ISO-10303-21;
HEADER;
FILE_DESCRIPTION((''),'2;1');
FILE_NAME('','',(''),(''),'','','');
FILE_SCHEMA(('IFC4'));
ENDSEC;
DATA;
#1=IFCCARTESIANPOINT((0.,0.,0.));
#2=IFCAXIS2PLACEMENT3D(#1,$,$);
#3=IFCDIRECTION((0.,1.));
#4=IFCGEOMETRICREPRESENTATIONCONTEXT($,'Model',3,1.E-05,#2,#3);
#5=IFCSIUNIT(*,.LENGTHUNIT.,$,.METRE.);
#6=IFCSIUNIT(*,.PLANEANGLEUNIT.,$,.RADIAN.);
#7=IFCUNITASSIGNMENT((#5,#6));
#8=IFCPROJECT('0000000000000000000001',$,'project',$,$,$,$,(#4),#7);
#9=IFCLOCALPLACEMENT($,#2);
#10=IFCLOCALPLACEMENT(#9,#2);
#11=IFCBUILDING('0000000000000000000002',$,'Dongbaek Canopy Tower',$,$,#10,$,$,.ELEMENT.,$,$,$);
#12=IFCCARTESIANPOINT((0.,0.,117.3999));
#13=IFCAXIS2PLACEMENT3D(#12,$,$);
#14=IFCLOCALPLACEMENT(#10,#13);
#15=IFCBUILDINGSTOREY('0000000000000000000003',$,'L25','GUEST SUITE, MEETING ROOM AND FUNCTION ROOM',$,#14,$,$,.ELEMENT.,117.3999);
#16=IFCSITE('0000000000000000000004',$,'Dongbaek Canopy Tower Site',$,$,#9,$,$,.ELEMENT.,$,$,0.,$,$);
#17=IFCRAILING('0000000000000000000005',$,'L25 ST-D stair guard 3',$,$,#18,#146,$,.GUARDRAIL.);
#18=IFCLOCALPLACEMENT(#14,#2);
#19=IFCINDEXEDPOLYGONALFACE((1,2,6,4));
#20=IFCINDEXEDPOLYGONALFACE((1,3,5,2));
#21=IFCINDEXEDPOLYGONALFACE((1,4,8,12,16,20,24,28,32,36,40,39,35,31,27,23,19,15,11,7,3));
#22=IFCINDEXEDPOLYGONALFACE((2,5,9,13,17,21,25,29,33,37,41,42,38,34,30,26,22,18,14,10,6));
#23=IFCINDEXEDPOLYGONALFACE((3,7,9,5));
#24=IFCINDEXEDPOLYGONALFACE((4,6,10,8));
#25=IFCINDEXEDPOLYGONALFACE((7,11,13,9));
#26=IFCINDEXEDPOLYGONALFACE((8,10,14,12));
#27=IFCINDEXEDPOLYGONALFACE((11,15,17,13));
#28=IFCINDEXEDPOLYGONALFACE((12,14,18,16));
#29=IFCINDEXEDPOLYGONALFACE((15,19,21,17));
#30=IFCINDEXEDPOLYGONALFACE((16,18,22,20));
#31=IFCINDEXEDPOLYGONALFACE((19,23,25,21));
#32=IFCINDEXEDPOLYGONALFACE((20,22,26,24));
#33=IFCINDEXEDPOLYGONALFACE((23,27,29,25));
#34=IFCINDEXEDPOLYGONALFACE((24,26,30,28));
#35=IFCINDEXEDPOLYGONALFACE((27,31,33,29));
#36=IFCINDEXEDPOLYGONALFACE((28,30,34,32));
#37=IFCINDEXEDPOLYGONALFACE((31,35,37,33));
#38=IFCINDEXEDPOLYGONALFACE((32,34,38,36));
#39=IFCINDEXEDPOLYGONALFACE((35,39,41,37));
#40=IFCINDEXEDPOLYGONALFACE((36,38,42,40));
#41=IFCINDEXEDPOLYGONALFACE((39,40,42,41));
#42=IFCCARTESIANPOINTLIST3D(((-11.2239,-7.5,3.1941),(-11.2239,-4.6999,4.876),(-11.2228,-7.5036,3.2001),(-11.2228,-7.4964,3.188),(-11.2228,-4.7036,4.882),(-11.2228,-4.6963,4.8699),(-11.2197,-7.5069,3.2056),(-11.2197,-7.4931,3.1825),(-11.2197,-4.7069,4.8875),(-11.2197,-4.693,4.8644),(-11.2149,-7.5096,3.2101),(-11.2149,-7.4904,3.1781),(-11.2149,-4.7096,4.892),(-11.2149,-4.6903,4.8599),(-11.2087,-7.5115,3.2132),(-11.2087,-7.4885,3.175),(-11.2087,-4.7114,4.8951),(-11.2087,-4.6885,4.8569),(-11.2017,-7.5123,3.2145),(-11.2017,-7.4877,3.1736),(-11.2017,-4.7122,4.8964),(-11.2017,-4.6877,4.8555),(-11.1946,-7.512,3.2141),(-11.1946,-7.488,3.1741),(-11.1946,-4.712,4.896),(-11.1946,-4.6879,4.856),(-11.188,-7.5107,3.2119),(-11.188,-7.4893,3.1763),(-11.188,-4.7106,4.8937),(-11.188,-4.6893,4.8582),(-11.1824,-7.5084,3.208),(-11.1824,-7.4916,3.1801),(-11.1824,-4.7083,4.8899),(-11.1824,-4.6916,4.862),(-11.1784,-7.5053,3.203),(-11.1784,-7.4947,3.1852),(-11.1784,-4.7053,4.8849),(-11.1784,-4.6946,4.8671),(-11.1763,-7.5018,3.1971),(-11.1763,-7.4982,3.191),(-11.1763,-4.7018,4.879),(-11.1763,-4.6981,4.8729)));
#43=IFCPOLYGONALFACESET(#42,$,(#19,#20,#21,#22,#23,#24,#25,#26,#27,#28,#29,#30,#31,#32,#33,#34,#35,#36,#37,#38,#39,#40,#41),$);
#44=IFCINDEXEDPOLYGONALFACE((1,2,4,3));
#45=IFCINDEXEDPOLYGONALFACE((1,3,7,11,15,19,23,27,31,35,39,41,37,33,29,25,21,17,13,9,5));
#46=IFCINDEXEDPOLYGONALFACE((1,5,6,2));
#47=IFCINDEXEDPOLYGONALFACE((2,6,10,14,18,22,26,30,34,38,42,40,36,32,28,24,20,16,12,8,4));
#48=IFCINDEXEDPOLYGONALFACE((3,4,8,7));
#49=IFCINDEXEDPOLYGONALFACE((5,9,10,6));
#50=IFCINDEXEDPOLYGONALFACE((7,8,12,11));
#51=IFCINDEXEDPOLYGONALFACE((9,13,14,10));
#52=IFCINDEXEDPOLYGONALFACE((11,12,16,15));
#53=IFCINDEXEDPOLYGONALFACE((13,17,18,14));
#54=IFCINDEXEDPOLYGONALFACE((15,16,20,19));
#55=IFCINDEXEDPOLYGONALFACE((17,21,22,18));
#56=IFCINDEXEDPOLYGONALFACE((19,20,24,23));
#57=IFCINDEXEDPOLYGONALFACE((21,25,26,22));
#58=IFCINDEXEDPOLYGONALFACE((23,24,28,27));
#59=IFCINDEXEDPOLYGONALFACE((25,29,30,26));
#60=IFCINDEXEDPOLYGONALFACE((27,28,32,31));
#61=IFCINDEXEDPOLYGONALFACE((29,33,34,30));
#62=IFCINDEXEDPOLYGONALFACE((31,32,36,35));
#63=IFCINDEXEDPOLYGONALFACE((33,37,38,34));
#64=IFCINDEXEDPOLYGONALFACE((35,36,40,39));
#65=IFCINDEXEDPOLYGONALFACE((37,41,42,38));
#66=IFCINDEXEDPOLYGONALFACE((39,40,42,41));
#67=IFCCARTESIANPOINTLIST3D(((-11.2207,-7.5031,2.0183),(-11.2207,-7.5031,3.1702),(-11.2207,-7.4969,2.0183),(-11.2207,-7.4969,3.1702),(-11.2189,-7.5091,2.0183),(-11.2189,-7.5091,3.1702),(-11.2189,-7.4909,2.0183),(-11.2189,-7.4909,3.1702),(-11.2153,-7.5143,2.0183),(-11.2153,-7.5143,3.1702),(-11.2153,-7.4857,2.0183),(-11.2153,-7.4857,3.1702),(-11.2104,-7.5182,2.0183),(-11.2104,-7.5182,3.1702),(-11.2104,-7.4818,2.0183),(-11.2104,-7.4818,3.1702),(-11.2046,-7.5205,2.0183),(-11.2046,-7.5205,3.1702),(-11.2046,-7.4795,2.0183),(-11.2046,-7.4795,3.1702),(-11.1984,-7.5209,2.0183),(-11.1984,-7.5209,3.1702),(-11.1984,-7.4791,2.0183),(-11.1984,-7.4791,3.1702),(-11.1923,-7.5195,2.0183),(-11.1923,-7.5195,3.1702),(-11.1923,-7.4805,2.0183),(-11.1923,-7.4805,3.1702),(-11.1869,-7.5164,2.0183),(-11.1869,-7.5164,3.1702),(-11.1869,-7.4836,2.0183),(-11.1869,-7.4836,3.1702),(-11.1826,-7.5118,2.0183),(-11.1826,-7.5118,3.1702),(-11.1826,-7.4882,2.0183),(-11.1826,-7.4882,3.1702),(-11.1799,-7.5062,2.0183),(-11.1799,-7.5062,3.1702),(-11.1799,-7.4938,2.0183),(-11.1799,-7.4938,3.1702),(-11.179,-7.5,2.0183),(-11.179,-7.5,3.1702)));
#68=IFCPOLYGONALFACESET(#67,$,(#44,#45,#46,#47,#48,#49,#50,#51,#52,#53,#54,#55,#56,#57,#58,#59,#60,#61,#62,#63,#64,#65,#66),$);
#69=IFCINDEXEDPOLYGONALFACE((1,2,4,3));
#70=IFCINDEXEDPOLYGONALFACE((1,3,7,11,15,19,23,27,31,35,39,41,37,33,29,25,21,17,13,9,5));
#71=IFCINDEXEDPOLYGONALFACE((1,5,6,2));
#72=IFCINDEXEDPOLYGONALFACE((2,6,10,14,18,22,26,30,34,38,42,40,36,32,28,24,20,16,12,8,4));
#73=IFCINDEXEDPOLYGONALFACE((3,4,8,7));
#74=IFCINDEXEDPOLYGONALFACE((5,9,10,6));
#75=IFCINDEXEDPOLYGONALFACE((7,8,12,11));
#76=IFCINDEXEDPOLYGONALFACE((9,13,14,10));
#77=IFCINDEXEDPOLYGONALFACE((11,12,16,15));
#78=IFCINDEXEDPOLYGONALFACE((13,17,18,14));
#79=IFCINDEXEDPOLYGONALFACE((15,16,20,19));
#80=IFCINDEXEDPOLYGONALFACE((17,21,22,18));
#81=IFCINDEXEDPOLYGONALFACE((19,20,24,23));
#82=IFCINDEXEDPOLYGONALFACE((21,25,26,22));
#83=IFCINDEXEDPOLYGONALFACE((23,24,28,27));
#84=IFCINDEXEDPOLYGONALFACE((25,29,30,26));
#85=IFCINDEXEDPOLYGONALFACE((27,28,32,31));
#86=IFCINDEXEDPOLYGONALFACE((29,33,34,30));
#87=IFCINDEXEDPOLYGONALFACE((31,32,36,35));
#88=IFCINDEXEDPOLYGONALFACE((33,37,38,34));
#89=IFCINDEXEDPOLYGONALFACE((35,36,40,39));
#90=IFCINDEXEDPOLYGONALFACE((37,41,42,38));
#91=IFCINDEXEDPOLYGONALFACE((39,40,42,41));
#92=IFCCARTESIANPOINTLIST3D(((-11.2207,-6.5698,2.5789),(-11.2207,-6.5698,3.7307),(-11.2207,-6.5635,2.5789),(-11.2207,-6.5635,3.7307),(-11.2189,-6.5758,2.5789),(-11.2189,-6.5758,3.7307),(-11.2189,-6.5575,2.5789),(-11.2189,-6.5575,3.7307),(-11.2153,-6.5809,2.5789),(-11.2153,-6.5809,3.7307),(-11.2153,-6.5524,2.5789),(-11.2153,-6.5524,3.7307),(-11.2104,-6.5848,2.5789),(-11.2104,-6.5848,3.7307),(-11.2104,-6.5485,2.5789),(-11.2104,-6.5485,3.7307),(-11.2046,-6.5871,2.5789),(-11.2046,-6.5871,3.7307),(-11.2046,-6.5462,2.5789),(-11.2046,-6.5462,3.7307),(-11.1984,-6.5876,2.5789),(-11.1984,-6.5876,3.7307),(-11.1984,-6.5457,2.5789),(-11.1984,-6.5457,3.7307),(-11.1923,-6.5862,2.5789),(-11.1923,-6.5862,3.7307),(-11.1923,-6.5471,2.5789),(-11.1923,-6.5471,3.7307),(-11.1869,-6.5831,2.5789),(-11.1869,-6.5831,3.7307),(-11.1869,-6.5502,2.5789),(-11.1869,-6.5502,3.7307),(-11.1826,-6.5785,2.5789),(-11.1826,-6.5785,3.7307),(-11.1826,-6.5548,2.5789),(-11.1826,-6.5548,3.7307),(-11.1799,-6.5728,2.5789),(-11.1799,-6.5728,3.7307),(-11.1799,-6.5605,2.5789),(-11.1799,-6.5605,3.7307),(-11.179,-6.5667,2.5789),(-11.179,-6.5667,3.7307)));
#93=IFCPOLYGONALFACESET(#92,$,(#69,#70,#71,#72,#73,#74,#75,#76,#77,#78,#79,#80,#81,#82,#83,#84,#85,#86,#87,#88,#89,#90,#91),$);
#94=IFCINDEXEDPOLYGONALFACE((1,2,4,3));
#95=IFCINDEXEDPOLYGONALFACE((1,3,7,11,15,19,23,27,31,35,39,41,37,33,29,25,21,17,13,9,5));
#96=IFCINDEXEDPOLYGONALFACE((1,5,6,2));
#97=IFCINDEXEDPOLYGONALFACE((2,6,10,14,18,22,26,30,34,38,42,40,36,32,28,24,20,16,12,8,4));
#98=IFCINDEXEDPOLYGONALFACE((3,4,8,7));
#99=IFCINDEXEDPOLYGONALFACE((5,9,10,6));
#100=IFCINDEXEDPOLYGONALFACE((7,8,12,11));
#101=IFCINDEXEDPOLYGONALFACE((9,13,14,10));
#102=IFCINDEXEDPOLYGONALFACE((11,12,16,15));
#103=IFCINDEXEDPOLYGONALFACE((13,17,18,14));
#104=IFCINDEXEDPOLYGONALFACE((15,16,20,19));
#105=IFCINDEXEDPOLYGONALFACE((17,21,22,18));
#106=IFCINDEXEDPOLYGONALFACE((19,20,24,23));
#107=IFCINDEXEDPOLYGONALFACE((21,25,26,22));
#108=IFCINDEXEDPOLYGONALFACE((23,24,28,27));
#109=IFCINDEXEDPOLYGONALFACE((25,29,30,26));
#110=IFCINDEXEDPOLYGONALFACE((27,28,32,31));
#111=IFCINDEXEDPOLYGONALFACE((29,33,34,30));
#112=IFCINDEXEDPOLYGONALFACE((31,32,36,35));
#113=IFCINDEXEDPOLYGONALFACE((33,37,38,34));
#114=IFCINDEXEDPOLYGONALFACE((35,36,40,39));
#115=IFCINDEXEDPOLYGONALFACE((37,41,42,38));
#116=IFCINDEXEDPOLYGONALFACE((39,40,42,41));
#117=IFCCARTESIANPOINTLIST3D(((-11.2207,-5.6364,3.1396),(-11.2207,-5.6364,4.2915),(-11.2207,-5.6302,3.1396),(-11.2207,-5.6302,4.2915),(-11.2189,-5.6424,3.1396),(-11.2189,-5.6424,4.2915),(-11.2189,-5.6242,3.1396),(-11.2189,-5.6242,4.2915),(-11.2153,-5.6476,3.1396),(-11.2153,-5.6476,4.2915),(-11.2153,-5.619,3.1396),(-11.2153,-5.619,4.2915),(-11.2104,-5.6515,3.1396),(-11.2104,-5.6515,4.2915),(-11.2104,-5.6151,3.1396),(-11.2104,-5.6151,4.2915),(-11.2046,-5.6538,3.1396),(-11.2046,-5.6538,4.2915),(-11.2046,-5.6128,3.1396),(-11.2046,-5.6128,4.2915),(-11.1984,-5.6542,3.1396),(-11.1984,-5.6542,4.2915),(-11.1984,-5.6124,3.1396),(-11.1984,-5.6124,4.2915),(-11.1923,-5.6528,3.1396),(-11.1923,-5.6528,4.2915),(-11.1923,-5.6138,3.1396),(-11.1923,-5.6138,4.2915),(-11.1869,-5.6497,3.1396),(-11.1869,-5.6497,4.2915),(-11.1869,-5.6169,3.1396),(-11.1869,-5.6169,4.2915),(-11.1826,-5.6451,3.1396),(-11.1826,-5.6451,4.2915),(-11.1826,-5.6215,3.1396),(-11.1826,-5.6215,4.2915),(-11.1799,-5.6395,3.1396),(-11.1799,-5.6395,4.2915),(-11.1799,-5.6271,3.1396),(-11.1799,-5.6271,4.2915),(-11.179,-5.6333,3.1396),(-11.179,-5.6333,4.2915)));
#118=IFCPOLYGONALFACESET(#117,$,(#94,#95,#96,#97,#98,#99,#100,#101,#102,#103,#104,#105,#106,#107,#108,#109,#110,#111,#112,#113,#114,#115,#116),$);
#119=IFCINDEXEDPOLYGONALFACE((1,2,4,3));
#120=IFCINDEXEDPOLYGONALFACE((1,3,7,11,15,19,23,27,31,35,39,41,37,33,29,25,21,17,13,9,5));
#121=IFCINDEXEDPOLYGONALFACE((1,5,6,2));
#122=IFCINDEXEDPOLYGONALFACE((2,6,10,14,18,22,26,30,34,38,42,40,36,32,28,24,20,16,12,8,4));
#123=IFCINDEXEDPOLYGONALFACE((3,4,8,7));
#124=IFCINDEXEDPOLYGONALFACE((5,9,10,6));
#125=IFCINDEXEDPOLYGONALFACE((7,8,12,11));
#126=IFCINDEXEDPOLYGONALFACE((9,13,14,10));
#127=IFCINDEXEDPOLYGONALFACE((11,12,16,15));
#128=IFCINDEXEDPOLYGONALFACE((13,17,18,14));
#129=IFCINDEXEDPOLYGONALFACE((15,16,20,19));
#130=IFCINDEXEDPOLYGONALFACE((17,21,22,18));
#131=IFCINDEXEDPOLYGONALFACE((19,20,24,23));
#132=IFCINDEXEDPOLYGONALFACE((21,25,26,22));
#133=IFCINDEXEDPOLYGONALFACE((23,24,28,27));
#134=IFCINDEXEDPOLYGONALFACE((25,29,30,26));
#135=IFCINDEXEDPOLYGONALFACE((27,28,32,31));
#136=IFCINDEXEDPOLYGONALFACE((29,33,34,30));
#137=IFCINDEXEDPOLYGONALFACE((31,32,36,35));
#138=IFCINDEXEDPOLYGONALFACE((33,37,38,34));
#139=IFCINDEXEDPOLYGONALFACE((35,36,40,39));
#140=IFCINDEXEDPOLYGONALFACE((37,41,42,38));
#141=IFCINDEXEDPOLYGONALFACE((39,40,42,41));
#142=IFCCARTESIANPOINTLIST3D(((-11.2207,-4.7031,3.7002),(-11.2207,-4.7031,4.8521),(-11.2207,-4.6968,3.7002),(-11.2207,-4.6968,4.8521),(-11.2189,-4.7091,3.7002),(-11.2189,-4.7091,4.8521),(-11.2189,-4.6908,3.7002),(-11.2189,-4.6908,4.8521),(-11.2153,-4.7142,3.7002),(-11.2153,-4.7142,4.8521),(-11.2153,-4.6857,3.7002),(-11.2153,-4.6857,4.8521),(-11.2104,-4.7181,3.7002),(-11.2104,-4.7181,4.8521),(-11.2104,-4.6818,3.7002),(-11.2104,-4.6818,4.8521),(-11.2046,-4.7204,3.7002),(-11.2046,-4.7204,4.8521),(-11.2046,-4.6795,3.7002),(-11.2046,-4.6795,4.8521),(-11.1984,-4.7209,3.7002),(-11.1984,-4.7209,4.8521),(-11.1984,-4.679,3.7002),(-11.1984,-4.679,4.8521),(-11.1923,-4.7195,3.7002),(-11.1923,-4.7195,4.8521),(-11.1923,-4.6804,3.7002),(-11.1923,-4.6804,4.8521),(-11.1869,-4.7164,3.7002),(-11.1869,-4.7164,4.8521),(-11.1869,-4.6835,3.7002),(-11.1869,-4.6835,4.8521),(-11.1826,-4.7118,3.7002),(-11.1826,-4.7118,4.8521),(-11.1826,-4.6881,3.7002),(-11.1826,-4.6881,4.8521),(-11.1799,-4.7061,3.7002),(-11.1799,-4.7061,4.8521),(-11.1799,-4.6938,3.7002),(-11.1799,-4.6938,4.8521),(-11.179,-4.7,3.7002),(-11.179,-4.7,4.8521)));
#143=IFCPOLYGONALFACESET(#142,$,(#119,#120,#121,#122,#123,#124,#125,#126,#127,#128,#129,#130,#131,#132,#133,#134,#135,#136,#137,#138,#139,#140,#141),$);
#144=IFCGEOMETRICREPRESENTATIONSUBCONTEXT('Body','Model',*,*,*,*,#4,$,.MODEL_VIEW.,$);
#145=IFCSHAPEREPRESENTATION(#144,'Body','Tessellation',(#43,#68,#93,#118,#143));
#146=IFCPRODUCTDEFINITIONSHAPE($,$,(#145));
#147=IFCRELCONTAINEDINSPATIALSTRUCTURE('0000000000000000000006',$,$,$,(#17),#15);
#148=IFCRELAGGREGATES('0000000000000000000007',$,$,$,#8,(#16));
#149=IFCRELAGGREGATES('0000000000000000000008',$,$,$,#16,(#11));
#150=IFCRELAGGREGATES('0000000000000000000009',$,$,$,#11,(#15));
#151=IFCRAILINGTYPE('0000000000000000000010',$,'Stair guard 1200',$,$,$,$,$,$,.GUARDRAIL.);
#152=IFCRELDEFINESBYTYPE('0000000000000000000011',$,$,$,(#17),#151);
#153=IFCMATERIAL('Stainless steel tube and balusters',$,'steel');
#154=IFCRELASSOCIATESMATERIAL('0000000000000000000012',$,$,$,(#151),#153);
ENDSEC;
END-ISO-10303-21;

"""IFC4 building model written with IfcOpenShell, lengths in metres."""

from ifc_helpers import new_model, si_unit, direction, frame, origin, origin_2d, place, context, subcontext, project, spatial, circle, extrude, material, type_object, element, save


model = new_model("IFC4")

# Units and contexts
model_context = context("Model", 3, precision=1e-05, world=origin(), true_north=direction((0.0, 1.0)))
body_context = subcontext(model_context, "Body", "Model", "MODEL_VIEW")
ifc_project = project(units=[si_unit("LENGTHUNIT", "METRE"), si_unit("PLANEANGLEUNIT", "RADIAN")], contexts=[model_context])

# Site, building, storey
site_placement = place(None, origin())
site = spatial("IfcSite", under=ifc_project, at=site_placement, Name="Dongbaek Canopy Tower Site", CompositionType="ELEMENT", RefElevation=0.0)
building_placement = place(site_placement, origin())
building = spatial("IfcBuilding", under=site, at=building_placement, Name="Dongbaek Canopy Tower", CompositionType="ELEMENT")
storey_placement = place(building_placement, frame((0.0, 0.0, 117.3999)))
storey = spatial("IfcBuildingStorey", under=building, at=storey_placement, Name="L25", Description="GUEST SUITE, MEETING ROOM AND FUNCTION ROOM", CompositionType="ELEMENT", Elevation=117.3999)

# Railing
ifc_material_1 = material(Name="Stainless steel tube and balusters", Category="steel")
railing_type_1 = type_object("IfcRailingType", Name="Stair guard 1200", PredefinedType="GUARDRAIL", material=ifc_material_1)
railing_1_placement = place(storey_placement, frame((-11.2, -7.5, 2.0183)))
element("IfcRailing", 1, at=railing_1_placement, inside=storey, type_object=railing_type_1, Name="L25 ST-D stair guard 3", PredefinedType="GUARDRAIL", context=body_context, shape_type="SweptSolid", body=[
    extrude(circle(Radius=0.0239, at=origin_2d()), frame((0.0, 0.0, 1.1758), z_axis=(0.0, 0.857242, 0.514913), x_axis=(-1.0, 0.0, 0.0)), (0.0, 0.0, 1.0), 3.2664),
    extrude(circle(Radius=0.021, at=origin_2d()), origin(), (0.0, 0.0, 1.0), 1.1519),
    extrude(circle(Radius=0.021, at=origin_2d()), frame((0.0, 0.9333, 0.5605)), (0.0, 0.0, 1.0), 1.1519),
    extrude(circle(Radius=0.021, at=origin_2d()), frame((0.0, 1.8667, 1.1213)), (0.0, 0.0, 1.0), 1.1519),
    extrude(circle(Radius=0.021, at=origin_2d()), frame((0.0, 2.8, 1.6819)), (0.0, 0.0, 1.0), 1.1519),
])

save(model, "model.ifc")
